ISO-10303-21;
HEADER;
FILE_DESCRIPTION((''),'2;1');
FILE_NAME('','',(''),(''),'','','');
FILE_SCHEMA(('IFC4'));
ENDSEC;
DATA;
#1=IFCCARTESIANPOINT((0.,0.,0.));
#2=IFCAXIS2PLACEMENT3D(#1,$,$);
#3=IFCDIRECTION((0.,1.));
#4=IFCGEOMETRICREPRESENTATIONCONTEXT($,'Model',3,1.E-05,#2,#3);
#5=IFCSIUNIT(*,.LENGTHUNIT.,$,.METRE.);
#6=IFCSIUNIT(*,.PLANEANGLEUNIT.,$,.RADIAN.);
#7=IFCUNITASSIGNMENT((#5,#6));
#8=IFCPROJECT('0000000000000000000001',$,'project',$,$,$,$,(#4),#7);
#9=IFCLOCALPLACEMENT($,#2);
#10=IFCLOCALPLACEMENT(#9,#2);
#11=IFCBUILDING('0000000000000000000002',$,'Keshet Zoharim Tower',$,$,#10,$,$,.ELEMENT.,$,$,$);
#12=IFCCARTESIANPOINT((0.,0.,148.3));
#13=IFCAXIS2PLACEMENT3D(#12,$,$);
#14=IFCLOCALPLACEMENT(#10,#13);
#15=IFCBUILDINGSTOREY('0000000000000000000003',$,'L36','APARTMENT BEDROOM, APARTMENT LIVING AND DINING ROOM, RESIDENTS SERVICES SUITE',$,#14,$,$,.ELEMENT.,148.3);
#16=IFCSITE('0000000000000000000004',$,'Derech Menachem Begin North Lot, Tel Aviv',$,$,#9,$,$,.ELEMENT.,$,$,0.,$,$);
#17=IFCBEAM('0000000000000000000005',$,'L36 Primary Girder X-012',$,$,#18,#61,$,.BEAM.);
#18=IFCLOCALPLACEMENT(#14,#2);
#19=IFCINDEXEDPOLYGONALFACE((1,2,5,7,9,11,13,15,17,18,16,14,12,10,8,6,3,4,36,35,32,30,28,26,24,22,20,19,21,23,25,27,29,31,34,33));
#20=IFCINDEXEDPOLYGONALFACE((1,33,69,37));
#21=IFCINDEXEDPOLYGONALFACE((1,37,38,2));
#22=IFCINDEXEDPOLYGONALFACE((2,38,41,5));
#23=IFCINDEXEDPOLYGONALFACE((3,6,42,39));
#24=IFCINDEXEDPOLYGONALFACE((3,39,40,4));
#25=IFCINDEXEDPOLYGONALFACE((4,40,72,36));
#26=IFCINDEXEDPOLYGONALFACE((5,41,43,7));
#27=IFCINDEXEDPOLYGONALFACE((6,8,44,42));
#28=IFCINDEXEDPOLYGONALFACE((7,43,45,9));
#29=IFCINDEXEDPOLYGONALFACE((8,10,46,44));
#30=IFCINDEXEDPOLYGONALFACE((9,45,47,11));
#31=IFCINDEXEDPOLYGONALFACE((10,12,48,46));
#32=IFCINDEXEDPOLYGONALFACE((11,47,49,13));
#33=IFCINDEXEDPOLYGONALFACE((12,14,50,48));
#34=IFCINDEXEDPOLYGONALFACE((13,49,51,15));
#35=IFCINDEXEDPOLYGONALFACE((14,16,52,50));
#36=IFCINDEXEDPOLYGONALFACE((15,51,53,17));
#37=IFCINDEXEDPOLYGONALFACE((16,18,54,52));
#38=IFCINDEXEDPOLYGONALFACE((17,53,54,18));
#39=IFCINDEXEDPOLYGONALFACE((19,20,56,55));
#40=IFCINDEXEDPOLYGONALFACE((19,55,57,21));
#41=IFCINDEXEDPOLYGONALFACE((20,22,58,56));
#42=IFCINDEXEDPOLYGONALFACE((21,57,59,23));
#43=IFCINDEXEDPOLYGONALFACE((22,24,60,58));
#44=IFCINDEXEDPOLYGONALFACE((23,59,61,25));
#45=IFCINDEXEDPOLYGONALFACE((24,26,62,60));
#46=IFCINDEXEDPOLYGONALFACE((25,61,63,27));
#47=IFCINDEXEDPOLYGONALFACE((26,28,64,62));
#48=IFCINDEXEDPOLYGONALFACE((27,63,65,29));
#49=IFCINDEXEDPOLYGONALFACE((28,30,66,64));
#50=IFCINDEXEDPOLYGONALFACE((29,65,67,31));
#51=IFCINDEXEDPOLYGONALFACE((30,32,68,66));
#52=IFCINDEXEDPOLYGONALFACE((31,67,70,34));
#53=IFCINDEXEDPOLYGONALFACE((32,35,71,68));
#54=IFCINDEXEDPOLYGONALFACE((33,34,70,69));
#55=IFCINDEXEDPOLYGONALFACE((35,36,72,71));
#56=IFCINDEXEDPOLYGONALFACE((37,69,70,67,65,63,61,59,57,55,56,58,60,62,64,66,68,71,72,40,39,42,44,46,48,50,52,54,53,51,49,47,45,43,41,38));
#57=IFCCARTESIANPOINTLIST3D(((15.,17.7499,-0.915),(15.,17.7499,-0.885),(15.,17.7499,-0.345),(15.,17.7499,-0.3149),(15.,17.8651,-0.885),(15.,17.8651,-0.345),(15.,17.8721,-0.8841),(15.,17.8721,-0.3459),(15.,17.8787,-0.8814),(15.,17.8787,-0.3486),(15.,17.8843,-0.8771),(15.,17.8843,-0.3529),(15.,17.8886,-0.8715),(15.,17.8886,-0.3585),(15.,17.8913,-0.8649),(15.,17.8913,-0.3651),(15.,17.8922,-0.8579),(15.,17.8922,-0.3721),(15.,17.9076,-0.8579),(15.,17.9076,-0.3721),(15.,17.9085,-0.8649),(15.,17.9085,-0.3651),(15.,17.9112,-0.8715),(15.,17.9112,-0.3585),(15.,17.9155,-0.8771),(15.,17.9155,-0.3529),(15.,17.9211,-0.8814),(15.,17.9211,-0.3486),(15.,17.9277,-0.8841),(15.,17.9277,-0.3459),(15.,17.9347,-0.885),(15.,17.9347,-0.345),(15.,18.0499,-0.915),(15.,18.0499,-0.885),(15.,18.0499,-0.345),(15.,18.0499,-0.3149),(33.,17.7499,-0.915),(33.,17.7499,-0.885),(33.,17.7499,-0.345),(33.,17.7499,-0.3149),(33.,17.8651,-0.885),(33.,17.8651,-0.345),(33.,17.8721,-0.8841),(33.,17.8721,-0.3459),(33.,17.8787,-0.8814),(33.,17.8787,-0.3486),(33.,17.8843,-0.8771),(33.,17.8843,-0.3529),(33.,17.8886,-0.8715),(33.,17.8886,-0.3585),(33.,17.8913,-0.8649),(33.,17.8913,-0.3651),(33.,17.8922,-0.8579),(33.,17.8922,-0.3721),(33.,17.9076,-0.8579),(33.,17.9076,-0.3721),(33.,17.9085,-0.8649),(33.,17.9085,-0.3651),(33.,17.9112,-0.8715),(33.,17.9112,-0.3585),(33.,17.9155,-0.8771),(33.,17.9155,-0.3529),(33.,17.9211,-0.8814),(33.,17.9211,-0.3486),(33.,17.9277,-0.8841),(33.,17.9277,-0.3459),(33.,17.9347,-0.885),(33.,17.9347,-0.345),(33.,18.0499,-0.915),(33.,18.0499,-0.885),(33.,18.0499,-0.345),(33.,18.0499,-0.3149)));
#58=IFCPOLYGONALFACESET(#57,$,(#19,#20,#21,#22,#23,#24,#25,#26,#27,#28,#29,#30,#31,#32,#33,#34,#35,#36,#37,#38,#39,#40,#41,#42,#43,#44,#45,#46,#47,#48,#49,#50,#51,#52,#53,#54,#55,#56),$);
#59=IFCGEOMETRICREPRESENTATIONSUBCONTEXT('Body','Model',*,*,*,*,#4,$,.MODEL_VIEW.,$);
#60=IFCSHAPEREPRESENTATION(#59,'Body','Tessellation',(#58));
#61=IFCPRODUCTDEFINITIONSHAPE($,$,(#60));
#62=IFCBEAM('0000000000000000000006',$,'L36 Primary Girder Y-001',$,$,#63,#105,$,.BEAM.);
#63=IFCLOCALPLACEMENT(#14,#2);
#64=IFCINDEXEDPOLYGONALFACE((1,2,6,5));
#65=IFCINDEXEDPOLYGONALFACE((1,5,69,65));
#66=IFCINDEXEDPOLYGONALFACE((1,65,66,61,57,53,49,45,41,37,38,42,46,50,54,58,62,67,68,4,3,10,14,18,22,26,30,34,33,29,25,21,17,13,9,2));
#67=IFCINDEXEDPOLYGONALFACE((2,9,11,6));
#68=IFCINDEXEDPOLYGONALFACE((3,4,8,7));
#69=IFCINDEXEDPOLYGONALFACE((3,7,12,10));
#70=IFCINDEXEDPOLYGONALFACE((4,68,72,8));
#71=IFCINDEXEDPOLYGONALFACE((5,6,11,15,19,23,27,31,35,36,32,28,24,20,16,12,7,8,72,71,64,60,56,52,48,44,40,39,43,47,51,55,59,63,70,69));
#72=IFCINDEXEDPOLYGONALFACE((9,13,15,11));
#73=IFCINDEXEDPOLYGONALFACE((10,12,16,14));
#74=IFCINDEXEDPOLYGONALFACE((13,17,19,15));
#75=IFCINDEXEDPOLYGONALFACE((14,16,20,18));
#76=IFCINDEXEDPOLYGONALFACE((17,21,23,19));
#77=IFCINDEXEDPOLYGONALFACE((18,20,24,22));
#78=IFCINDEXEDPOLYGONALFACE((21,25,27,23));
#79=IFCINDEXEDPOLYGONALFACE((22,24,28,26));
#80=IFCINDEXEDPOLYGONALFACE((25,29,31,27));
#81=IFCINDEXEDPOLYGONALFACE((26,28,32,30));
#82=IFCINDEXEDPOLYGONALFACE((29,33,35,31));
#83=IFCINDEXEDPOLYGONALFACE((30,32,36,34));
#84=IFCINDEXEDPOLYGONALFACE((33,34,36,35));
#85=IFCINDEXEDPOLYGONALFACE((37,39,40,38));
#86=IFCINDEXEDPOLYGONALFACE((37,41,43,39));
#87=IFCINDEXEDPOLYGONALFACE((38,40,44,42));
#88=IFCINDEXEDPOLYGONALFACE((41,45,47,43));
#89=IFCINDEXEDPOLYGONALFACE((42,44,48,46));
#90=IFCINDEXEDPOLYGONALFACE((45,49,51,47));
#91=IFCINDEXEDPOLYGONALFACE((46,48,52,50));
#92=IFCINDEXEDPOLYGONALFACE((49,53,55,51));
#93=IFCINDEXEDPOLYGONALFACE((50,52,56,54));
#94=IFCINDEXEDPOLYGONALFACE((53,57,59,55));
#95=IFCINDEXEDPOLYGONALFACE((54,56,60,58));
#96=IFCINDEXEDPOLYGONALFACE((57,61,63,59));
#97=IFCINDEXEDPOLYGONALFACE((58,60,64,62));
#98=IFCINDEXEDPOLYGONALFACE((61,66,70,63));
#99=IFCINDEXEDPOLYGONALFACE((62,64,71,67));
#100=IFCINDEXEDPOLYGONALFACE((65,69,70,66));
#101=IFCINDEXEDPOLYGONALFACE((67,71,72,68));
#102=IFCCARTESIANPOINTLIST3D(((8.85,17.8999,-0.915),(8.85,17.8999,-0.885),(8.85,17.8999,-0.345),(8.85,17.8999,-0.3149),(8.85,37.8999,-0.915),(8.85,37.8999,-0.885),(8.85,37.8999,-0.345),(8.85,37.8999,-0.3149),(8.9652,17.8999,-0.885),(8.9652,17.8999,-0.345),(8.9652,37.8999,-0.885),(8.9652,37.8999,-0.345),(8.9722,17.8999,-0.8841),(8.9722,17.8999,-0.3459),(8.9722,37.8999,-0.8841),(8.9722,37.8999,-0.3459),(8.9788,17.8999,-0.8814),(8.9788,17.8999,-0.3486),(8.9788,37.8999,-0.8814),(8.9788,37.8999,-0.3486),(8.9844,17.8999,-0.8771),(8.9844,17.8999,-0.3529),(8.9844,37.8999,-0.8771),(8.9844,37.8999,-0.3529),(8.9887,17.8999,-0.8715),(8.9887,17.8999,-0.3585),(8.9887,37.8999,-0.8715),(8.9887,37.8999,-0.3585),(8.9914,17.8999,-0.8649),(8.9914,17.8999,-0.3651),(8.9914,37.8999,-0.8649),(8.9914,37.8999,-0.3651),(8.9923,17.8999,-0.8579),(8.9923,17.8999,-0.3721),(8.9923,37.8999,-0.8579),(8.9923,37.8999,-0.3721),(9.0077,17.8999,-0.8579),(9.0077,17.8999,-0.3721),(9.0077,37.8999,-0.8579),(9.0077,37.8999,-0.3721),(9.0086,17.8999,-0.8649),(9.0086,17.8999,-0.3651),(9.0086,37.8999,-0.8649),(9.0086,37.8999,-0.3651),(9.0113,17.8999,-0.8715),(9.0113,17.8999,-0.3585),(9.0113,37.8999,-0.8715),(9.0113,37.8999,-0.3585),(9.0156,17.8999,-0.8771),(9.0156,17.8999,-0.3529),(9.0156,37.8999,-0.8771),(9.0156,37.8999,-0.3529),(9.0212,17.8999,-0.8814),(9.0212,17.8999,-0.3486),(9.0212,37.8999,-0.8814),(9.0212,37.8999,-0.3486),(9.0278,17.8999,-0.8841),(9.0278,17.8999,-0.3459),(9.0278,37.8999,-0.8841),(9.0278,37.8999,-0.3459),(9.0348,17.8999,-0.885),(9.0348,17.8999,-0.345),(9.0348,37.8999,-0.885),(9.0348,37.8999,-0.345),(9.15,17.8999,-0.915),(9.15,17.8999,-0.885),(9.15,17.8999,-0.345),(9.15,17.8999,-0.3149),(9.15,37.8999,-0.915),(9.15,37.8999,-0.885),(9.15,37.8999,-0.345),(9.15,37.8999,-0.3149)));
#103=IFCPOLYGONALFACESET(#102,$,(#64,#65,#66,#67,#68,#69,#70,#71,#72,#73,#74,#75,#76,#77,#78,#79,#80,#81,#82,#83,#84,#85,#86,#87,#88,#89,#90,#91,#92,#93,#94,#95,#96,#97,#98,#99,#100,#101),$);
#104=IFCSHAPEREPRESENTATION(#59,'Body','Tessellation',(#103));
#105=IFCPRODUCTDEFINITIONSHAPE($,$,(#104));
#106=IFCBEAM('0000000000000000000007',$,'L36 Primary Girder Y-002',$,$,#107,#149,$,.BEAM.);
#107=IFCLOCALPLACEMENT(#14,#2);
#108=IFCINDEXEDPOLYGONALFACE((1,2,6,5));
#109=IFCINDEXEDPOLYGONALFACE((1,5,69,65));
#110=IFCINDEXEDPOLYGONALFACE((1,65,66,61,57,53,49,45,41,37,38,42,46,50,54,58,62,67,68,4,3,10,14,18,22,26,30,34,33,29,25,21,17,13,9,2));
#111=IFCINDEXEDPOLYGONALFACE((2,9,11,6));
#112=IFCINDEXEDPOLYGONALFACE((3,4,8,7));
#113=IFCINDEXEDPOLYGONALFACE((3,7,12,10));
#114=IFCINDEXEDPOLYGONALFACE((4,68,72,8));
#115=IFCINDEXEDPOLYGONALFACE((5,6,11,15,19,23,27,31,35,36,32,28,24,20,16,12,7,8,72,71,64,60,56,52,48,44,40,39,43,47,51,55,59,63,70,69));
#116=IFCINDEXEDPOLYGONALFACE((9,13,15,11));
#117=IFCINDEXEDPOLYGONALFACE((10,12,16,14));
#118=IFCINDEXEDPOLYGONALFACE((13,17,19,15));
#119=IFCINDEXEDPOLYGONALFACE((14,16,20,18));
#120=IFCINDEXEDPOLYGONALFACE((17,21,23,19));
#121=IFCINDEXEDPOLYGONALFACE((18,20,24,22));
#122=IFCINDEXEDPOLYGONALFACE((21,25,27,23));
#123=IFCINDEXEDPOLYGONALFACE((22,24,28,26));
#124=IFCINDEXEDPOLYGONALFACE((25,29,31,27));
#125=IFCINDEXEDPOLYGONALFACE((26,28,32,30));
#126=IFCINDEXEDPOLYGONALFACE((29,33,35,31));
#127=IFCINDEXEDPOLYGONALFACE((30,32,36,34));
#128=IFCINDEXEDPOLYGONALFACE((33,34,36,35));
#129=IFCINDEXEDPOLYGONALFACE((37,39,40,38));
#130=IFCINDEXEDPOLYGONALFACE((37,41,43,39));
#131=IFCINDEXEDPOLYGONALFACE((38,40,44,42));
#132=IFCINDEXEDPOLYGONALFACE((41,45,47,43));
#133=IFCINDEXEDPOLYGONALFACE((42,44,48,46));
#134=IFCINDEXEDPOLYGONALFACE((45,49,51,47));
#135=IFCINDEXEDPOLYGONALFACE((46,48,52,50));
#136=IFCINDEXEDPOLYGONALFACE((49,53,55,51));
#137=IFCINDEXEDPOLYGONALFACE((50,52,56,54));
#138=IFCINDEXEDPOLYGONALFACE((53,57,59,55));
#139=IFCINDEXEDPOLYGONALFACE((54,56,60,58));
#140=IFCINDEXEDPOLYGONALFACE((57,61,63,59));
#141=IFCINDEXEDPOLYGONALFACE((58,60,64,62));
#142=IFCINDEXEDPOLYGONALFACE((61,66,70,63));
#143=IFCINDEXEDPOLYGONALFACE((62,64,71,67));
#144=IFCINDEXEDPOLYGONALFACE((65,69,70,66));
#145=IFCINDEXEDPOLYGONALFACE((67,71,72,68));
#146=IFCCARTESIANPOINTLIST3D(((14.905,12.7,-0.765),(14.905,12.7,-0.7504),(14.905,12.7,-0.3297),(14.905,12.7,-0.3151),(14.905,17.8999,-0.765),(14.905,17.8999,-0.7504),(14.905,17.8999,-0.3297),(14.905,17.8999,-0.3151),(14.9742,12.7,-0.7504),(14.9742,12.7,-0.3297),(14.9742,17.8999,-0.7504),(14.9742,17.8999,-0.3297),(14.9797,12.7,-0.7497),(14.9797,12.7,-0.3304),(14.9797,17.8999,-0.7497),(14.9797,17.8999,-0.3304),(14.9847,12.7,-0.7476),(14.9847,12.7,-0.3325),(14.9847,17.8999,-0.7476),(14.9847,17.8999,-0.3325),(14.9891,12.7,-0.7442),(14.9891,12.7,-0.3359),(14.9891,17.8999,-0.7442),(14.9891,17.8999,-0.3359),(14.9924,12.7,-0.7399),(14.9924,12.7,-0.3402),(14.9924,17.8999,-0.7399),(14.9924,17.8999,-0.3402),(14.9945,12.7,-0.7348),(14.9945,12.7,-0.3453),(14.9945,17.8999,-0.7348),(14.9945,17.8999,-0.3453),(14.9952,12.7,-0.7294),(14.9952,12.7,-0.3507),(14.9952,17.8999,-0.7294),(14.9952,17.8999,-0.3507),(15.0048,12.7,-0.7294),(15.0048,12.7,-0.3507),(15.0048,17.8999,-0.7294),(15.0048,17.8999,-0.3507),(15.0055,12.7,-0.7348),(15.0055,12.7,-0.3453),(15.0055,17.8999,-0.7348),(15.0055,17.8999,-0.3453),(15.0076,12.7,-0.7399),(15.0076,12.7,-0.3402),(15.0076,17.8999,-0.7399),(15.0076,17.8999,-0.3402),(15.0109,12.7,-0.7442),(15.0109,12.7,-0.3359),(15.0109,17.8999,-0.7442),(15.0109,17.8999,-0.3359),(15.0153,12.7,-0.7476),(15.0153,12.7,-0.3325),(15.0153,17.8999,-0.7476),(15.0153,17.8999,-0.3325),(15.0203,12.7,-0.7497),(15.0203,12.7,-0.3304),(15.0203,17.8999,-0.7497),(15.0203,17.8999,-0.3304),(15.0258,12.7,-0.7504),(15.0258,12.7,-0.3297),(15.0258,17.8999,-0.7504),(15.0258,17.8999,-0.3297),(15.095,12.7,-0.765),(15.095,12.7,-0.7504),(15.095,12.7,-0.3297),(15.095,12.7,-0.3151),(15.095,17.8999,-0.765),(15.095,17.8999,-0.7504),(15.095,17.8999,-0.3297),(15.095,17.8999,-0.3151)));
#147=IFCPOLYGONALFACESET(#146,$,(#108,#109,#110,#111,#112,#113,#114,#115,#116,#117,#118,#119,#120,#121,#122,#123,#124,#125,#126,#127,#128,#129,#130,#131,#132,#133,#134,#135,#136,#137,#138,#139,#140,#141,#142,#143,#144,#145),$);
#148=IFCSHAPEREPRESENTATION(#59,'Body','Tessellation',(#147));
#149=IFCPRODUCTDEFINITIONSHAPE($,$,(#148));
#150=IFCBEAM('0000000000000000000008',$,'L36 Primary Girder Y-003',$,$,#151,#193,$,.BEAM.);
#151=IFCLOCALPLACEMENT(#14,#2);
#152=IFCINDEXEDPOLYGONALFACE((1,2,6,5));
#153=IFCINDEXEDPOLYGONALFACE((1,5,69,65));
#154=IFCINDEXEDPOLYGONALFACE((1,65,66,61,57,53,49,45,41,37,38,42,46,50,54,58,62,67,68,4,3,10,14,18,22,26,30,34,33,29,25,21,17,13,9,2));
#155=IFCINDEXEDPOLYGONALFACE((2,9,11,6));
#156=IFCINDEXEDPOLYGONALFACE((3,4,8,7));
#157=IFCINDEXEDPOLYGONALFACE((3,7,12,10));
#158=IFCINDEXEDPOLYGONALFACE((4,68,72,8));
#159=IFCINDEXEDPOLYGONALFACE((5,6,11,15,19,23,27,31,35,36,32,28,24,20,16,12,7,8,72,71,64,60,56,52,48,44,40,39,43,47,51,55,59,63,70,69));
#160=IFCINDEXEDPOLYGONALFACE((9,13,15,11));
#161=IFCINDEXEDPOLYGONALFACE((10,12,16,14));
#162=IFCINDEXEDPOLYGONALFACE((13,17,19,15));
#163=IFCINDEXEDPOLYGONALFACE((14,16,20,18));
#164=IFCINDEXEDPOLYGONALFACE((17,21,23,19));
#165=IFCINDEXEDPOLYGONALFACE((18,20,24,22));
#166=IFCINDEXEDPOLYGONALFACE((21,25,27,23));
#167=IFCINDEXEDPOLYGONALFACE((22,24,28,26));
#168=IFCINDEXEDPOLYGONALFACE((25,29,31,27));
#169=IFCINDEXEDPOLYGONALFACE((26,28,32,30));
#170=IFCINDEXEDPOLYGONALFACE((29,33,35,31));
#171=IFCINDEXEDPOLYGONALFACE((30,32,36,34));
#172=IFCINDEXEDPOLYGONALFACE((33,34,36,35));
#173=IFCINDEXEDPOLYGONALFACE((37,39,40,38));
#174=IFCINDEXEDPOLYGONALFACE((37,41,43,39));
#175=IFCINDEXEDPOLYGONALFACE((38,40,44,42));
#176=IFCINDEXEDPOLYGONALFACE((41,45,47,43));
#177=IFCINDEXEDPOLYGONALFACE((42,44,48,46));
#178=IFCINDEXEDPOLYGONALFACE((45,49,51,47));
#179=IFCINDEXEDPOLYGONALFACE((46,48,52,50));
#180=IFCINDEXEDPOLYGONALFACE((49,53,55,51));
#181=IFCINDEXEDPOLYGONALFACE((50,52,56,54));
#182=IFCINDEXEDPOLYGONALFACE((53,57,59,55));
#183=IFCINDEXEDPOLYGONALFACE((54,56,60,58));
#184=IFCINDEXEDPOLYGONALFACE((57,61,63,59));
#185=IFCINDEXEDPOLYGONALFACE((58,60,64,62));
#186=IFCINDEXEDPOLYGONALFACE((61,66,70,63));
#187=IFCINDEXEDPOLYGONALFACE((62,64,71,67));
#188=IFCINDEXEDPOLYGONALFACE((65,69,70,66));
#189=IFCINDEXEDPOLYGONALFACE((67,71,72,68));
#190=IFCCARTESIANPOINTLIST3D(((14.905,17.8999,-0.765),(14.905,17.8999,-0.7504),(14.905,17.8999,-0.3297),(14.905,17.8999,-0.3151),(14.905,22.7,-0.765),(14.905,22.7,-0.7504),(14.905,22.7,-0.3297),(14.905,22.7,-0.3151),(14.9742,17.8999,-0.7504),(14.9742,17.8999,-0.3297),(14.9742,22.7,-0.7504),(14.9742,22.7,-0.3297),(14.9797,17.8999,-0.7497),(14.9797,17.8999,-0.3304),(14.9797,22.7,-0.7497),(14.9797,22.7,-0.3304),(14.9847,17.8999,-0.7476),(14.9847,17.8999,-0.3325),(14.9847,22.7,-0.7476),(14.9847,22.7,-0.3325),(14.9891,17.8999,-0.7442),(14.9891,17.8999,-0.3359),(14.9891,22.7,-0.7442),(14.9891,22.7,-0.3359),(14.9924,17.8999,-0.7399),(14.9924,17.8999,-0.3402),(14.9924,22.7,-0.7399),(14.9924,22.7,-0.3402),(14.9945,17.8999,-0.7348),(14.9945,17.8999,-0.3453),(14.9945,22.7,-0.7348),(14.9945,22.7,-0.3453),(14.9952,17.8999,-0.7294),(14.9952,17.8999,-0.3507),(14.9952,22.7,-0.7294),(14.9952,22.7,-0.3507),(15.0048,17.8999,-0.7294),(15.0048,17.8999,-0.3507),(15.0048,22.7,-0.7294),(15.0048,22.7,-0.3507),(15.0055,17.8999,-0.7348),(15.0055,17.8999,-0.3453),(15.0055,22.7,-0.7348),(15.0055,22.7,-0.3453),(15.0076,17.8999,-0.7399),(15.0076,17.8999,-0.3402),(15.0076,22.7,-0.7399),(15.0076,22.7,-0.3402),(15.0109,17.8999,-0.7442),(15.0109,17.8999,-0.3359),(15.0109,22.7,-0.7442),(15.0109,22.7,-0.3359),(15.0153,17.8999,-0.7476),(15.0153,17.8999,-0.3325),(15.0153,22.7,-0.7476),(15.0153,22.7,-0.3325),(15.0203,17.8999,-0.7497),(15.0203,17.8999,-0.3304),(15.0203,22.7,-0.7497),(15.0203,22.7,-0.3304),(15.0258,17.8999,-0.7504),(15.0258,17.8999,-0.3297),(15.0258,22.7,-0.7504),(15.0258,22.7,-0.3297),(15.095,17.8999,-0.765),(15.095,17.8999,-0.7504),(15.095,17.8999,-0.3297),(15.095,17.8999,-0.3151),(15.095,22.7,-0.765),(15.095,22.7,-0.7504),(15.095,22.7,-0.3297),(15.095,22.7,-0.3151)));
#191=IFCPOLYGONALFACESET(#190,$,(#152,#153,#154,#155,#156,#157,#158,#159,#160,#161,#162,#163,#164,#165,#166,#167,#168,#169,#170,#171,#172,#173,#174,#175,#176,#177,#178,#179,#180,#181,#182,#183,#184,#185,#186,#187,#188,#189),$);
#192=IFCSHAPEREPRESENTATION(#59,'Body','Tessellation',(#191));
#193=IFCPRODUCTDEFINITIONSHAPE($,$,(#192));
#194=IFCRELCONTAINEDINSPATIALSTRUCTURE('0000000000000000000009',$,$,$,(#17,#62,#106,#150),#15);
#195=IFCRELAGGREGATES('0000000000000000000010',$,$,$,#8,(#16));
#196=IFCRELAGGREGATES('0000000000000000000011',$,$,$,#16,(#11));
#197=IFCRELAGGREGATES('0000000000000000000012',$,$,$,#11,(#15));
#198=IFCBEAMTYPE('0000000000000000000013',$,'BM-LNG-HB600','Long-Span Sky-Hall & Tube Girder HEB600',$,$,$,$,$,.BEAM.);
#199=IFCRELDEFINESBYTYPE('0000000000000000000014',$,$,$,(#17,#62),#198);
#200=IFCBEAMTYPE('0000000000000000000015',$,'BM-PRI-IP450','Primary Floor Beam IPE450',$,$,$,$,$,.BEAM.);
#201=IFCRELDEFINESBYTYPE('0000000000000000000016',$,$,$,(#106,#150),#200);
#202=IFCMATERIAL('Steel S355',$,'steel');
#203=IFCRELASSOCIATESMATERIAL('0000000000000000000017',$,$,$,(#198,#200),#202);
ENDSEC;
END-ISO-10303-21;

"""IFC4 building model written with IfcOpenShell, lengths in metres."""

from ifc_helpers import new_model, si_unit, direction, frame, origin, origin_2d, place, context, subcontext, project, spatial, i_section, extrude, material, material_profile, profile_set, type_object, element, save


model = new_model("IFC4")

# Units and contexts
model_context = context("Model", 3, precision=1e-05, world=origin(), true_north=direction((0.0, 1.0)))
body_context = subcontext(model_context, "Body", "Model", "MODEL_VIEW")
ifc_project = project(units=[si_unit("LENGTHUNIT", "METRE"), si_unit("PLANEANGLEUNIT", "RADIAN")], contexts=[model_context])

# Site, building, storey
site_placement = place(None, origin())
site = spatial("IfcSite", under=ifc_project, at=site_placement, Name="Derech Menachem Begin North Lot, Tel Aviv", CompositionType="ELEMENT", RefElevation=0.0)
building_placement = place(site_placement, origin())
building = spatial("IfcBuilding", under=site, at=building_placement, Name="Keshet Zoharim Tower", CompositionType="ELEMENT")
storey_placement = place(building_placement, frame((0.0, 0.0, 148.3)))
storey = spatial("IfcBuildingStorey", under=building, at=storey_placement, Name="L36", Description="APARTMENT BEDROOM, APARTMENT LIVING AND DINING ROOM, RESIDENTS SERVICES SUITE", CompositionType="ELEMENT", Elevation=148.3)

# Shared definitions
ifc_material_1 = material(Name="Steel S355", Category="steel")

# Beams
ifc_material_profile_1 = material_profile(ifc_material_1, i_section(OverallWidth=0.3, OverallDepth=0.6001, WebThickness=0.0154, FlangeThickness=0.03, FilletRadius=0.0271, at=origin_2d()), Name="HEB600")
ifc_profile_set_1 = profile_set([ifc_material_profile_1], Name="Steel S355")
beam_type_1 = type_object("IfcBeamType", Name="BM-LNG-HB600", Description="Long-Span Sky-Hall & Tube Girder HEB600", PredefinedType="BEAM", material=ifc_profile_set_1)
for number, where, z_axis, x_axis, name in (
    (1, (15.0, 17.8999, -0.615), (1.0, 0.0, 0.0), (0.0, 1.0, 0.0), "L36 Primary Girder X-012"),
):
    element("IfcBeam", number, at=place(storey_placement, frame(where, z_axis=z_axis, x_axis=x_axis)), inside=storey, type_object=beam_type_1, Name=name, PredefinedType="BEAM", context=body_context, shape_type="SweptSolid", body=[
        extrude(i_section(OverallWidth=0.3, OverallDepth=0.6001, WebThickness=0.0154, FlangeThickness=0.03, FilletRadius=0.0271, at=origin_2d()), origin(), (0.0, 0.0, 1.0), 18.0),
    ])
beam_1_placement = place(storey_placement, frame((9.0, 17.8999, -0.615), z_axis=(0.0, 1.0, 0.0), x_axis=(-1.0, 0.0, 0.0)))
element("IfcBeam", 2, at=beam_1_placement, inside=storey, type_object=beam_type_1, Name="L36 Primary Girder Y-001", PredefinedType="BEAM", context=body_context, shape_type="SweptSolid", body=[
    extrude(i_section(OverallWidth=0.3, OverallDepth=0.6001, WebThickness=0.0154, FlangeThickness=0.03, FilletRadius=0.0271, at=origin_2d()), origin(), (0.0, 0.0, 1.0), 20.0),
])
ifc_material_profile_2 = material_profile(ifc_material_1, i_section(OverallWidth=0.1899, OverallDepth=0.45, WebThickness=0.0095, FlangeThickness=0.0146, FilletRadius=0.021, at=origin_2d()), Name="IPE450")
ifc_profile_set_2 = profile_set([ifc_material_profile_2], Name="Steel S355")
beam_type_2 = type_object("IfcBeamType", Name="BM-PRI-IP450", Description="Primary Floor Beam IPE450", PredefinedType="BEAM", material=ifc_profile_set_2)
beam_2_placement = place(storey_placement, frame((15.0, 12.7, -0.54), z_axis=(0.0, 1.0, 0.0), x_axis=(-1.0, 0.0, 0.0)))
element("IfcBeam", 3, at=beam_2_placement, inside=storey, type_object=beam_type_2, Name="L36 Primary Girder Y-002", PredefinedType="BEAM", context=body_context, shape_type="SweptSolid", body=[
    extrude(i_section(OverallWidth=0.1899, OverallDepth=0.45, WebThickness=0.0095, FlangeThickness=0.0146, FilletRadius=0.021, at=origin_2d()), origin(), (0.0, 0.0, 1.0), 5.2),
])
beam_3_placement = place(storey_placement, frame((15.0, 17.8999, -0.54), z_axis=(0.0, 1.0, 0.0), x_axis=(-1.0, 0.0, 0.0)))
element("IfcBeam", 4, at=beam_3_placement, inside=storey, type_object=beam_type_2, Name="L36 Primary Girder Y-003", PredefinedType="BEAM", context=body_context, shape_type="SweptSolid", body=[
    extrude(i_section(OverallWidth=0.1899, OverallDepth=0.45, WebThickness=0.0095, FlangeThickness=0.0146, FilletRadius=0.021, at=origin_2d()), origin(), (0.0, 0.0, 1.0), 4.8),
])

save(model, "model.ifc")
